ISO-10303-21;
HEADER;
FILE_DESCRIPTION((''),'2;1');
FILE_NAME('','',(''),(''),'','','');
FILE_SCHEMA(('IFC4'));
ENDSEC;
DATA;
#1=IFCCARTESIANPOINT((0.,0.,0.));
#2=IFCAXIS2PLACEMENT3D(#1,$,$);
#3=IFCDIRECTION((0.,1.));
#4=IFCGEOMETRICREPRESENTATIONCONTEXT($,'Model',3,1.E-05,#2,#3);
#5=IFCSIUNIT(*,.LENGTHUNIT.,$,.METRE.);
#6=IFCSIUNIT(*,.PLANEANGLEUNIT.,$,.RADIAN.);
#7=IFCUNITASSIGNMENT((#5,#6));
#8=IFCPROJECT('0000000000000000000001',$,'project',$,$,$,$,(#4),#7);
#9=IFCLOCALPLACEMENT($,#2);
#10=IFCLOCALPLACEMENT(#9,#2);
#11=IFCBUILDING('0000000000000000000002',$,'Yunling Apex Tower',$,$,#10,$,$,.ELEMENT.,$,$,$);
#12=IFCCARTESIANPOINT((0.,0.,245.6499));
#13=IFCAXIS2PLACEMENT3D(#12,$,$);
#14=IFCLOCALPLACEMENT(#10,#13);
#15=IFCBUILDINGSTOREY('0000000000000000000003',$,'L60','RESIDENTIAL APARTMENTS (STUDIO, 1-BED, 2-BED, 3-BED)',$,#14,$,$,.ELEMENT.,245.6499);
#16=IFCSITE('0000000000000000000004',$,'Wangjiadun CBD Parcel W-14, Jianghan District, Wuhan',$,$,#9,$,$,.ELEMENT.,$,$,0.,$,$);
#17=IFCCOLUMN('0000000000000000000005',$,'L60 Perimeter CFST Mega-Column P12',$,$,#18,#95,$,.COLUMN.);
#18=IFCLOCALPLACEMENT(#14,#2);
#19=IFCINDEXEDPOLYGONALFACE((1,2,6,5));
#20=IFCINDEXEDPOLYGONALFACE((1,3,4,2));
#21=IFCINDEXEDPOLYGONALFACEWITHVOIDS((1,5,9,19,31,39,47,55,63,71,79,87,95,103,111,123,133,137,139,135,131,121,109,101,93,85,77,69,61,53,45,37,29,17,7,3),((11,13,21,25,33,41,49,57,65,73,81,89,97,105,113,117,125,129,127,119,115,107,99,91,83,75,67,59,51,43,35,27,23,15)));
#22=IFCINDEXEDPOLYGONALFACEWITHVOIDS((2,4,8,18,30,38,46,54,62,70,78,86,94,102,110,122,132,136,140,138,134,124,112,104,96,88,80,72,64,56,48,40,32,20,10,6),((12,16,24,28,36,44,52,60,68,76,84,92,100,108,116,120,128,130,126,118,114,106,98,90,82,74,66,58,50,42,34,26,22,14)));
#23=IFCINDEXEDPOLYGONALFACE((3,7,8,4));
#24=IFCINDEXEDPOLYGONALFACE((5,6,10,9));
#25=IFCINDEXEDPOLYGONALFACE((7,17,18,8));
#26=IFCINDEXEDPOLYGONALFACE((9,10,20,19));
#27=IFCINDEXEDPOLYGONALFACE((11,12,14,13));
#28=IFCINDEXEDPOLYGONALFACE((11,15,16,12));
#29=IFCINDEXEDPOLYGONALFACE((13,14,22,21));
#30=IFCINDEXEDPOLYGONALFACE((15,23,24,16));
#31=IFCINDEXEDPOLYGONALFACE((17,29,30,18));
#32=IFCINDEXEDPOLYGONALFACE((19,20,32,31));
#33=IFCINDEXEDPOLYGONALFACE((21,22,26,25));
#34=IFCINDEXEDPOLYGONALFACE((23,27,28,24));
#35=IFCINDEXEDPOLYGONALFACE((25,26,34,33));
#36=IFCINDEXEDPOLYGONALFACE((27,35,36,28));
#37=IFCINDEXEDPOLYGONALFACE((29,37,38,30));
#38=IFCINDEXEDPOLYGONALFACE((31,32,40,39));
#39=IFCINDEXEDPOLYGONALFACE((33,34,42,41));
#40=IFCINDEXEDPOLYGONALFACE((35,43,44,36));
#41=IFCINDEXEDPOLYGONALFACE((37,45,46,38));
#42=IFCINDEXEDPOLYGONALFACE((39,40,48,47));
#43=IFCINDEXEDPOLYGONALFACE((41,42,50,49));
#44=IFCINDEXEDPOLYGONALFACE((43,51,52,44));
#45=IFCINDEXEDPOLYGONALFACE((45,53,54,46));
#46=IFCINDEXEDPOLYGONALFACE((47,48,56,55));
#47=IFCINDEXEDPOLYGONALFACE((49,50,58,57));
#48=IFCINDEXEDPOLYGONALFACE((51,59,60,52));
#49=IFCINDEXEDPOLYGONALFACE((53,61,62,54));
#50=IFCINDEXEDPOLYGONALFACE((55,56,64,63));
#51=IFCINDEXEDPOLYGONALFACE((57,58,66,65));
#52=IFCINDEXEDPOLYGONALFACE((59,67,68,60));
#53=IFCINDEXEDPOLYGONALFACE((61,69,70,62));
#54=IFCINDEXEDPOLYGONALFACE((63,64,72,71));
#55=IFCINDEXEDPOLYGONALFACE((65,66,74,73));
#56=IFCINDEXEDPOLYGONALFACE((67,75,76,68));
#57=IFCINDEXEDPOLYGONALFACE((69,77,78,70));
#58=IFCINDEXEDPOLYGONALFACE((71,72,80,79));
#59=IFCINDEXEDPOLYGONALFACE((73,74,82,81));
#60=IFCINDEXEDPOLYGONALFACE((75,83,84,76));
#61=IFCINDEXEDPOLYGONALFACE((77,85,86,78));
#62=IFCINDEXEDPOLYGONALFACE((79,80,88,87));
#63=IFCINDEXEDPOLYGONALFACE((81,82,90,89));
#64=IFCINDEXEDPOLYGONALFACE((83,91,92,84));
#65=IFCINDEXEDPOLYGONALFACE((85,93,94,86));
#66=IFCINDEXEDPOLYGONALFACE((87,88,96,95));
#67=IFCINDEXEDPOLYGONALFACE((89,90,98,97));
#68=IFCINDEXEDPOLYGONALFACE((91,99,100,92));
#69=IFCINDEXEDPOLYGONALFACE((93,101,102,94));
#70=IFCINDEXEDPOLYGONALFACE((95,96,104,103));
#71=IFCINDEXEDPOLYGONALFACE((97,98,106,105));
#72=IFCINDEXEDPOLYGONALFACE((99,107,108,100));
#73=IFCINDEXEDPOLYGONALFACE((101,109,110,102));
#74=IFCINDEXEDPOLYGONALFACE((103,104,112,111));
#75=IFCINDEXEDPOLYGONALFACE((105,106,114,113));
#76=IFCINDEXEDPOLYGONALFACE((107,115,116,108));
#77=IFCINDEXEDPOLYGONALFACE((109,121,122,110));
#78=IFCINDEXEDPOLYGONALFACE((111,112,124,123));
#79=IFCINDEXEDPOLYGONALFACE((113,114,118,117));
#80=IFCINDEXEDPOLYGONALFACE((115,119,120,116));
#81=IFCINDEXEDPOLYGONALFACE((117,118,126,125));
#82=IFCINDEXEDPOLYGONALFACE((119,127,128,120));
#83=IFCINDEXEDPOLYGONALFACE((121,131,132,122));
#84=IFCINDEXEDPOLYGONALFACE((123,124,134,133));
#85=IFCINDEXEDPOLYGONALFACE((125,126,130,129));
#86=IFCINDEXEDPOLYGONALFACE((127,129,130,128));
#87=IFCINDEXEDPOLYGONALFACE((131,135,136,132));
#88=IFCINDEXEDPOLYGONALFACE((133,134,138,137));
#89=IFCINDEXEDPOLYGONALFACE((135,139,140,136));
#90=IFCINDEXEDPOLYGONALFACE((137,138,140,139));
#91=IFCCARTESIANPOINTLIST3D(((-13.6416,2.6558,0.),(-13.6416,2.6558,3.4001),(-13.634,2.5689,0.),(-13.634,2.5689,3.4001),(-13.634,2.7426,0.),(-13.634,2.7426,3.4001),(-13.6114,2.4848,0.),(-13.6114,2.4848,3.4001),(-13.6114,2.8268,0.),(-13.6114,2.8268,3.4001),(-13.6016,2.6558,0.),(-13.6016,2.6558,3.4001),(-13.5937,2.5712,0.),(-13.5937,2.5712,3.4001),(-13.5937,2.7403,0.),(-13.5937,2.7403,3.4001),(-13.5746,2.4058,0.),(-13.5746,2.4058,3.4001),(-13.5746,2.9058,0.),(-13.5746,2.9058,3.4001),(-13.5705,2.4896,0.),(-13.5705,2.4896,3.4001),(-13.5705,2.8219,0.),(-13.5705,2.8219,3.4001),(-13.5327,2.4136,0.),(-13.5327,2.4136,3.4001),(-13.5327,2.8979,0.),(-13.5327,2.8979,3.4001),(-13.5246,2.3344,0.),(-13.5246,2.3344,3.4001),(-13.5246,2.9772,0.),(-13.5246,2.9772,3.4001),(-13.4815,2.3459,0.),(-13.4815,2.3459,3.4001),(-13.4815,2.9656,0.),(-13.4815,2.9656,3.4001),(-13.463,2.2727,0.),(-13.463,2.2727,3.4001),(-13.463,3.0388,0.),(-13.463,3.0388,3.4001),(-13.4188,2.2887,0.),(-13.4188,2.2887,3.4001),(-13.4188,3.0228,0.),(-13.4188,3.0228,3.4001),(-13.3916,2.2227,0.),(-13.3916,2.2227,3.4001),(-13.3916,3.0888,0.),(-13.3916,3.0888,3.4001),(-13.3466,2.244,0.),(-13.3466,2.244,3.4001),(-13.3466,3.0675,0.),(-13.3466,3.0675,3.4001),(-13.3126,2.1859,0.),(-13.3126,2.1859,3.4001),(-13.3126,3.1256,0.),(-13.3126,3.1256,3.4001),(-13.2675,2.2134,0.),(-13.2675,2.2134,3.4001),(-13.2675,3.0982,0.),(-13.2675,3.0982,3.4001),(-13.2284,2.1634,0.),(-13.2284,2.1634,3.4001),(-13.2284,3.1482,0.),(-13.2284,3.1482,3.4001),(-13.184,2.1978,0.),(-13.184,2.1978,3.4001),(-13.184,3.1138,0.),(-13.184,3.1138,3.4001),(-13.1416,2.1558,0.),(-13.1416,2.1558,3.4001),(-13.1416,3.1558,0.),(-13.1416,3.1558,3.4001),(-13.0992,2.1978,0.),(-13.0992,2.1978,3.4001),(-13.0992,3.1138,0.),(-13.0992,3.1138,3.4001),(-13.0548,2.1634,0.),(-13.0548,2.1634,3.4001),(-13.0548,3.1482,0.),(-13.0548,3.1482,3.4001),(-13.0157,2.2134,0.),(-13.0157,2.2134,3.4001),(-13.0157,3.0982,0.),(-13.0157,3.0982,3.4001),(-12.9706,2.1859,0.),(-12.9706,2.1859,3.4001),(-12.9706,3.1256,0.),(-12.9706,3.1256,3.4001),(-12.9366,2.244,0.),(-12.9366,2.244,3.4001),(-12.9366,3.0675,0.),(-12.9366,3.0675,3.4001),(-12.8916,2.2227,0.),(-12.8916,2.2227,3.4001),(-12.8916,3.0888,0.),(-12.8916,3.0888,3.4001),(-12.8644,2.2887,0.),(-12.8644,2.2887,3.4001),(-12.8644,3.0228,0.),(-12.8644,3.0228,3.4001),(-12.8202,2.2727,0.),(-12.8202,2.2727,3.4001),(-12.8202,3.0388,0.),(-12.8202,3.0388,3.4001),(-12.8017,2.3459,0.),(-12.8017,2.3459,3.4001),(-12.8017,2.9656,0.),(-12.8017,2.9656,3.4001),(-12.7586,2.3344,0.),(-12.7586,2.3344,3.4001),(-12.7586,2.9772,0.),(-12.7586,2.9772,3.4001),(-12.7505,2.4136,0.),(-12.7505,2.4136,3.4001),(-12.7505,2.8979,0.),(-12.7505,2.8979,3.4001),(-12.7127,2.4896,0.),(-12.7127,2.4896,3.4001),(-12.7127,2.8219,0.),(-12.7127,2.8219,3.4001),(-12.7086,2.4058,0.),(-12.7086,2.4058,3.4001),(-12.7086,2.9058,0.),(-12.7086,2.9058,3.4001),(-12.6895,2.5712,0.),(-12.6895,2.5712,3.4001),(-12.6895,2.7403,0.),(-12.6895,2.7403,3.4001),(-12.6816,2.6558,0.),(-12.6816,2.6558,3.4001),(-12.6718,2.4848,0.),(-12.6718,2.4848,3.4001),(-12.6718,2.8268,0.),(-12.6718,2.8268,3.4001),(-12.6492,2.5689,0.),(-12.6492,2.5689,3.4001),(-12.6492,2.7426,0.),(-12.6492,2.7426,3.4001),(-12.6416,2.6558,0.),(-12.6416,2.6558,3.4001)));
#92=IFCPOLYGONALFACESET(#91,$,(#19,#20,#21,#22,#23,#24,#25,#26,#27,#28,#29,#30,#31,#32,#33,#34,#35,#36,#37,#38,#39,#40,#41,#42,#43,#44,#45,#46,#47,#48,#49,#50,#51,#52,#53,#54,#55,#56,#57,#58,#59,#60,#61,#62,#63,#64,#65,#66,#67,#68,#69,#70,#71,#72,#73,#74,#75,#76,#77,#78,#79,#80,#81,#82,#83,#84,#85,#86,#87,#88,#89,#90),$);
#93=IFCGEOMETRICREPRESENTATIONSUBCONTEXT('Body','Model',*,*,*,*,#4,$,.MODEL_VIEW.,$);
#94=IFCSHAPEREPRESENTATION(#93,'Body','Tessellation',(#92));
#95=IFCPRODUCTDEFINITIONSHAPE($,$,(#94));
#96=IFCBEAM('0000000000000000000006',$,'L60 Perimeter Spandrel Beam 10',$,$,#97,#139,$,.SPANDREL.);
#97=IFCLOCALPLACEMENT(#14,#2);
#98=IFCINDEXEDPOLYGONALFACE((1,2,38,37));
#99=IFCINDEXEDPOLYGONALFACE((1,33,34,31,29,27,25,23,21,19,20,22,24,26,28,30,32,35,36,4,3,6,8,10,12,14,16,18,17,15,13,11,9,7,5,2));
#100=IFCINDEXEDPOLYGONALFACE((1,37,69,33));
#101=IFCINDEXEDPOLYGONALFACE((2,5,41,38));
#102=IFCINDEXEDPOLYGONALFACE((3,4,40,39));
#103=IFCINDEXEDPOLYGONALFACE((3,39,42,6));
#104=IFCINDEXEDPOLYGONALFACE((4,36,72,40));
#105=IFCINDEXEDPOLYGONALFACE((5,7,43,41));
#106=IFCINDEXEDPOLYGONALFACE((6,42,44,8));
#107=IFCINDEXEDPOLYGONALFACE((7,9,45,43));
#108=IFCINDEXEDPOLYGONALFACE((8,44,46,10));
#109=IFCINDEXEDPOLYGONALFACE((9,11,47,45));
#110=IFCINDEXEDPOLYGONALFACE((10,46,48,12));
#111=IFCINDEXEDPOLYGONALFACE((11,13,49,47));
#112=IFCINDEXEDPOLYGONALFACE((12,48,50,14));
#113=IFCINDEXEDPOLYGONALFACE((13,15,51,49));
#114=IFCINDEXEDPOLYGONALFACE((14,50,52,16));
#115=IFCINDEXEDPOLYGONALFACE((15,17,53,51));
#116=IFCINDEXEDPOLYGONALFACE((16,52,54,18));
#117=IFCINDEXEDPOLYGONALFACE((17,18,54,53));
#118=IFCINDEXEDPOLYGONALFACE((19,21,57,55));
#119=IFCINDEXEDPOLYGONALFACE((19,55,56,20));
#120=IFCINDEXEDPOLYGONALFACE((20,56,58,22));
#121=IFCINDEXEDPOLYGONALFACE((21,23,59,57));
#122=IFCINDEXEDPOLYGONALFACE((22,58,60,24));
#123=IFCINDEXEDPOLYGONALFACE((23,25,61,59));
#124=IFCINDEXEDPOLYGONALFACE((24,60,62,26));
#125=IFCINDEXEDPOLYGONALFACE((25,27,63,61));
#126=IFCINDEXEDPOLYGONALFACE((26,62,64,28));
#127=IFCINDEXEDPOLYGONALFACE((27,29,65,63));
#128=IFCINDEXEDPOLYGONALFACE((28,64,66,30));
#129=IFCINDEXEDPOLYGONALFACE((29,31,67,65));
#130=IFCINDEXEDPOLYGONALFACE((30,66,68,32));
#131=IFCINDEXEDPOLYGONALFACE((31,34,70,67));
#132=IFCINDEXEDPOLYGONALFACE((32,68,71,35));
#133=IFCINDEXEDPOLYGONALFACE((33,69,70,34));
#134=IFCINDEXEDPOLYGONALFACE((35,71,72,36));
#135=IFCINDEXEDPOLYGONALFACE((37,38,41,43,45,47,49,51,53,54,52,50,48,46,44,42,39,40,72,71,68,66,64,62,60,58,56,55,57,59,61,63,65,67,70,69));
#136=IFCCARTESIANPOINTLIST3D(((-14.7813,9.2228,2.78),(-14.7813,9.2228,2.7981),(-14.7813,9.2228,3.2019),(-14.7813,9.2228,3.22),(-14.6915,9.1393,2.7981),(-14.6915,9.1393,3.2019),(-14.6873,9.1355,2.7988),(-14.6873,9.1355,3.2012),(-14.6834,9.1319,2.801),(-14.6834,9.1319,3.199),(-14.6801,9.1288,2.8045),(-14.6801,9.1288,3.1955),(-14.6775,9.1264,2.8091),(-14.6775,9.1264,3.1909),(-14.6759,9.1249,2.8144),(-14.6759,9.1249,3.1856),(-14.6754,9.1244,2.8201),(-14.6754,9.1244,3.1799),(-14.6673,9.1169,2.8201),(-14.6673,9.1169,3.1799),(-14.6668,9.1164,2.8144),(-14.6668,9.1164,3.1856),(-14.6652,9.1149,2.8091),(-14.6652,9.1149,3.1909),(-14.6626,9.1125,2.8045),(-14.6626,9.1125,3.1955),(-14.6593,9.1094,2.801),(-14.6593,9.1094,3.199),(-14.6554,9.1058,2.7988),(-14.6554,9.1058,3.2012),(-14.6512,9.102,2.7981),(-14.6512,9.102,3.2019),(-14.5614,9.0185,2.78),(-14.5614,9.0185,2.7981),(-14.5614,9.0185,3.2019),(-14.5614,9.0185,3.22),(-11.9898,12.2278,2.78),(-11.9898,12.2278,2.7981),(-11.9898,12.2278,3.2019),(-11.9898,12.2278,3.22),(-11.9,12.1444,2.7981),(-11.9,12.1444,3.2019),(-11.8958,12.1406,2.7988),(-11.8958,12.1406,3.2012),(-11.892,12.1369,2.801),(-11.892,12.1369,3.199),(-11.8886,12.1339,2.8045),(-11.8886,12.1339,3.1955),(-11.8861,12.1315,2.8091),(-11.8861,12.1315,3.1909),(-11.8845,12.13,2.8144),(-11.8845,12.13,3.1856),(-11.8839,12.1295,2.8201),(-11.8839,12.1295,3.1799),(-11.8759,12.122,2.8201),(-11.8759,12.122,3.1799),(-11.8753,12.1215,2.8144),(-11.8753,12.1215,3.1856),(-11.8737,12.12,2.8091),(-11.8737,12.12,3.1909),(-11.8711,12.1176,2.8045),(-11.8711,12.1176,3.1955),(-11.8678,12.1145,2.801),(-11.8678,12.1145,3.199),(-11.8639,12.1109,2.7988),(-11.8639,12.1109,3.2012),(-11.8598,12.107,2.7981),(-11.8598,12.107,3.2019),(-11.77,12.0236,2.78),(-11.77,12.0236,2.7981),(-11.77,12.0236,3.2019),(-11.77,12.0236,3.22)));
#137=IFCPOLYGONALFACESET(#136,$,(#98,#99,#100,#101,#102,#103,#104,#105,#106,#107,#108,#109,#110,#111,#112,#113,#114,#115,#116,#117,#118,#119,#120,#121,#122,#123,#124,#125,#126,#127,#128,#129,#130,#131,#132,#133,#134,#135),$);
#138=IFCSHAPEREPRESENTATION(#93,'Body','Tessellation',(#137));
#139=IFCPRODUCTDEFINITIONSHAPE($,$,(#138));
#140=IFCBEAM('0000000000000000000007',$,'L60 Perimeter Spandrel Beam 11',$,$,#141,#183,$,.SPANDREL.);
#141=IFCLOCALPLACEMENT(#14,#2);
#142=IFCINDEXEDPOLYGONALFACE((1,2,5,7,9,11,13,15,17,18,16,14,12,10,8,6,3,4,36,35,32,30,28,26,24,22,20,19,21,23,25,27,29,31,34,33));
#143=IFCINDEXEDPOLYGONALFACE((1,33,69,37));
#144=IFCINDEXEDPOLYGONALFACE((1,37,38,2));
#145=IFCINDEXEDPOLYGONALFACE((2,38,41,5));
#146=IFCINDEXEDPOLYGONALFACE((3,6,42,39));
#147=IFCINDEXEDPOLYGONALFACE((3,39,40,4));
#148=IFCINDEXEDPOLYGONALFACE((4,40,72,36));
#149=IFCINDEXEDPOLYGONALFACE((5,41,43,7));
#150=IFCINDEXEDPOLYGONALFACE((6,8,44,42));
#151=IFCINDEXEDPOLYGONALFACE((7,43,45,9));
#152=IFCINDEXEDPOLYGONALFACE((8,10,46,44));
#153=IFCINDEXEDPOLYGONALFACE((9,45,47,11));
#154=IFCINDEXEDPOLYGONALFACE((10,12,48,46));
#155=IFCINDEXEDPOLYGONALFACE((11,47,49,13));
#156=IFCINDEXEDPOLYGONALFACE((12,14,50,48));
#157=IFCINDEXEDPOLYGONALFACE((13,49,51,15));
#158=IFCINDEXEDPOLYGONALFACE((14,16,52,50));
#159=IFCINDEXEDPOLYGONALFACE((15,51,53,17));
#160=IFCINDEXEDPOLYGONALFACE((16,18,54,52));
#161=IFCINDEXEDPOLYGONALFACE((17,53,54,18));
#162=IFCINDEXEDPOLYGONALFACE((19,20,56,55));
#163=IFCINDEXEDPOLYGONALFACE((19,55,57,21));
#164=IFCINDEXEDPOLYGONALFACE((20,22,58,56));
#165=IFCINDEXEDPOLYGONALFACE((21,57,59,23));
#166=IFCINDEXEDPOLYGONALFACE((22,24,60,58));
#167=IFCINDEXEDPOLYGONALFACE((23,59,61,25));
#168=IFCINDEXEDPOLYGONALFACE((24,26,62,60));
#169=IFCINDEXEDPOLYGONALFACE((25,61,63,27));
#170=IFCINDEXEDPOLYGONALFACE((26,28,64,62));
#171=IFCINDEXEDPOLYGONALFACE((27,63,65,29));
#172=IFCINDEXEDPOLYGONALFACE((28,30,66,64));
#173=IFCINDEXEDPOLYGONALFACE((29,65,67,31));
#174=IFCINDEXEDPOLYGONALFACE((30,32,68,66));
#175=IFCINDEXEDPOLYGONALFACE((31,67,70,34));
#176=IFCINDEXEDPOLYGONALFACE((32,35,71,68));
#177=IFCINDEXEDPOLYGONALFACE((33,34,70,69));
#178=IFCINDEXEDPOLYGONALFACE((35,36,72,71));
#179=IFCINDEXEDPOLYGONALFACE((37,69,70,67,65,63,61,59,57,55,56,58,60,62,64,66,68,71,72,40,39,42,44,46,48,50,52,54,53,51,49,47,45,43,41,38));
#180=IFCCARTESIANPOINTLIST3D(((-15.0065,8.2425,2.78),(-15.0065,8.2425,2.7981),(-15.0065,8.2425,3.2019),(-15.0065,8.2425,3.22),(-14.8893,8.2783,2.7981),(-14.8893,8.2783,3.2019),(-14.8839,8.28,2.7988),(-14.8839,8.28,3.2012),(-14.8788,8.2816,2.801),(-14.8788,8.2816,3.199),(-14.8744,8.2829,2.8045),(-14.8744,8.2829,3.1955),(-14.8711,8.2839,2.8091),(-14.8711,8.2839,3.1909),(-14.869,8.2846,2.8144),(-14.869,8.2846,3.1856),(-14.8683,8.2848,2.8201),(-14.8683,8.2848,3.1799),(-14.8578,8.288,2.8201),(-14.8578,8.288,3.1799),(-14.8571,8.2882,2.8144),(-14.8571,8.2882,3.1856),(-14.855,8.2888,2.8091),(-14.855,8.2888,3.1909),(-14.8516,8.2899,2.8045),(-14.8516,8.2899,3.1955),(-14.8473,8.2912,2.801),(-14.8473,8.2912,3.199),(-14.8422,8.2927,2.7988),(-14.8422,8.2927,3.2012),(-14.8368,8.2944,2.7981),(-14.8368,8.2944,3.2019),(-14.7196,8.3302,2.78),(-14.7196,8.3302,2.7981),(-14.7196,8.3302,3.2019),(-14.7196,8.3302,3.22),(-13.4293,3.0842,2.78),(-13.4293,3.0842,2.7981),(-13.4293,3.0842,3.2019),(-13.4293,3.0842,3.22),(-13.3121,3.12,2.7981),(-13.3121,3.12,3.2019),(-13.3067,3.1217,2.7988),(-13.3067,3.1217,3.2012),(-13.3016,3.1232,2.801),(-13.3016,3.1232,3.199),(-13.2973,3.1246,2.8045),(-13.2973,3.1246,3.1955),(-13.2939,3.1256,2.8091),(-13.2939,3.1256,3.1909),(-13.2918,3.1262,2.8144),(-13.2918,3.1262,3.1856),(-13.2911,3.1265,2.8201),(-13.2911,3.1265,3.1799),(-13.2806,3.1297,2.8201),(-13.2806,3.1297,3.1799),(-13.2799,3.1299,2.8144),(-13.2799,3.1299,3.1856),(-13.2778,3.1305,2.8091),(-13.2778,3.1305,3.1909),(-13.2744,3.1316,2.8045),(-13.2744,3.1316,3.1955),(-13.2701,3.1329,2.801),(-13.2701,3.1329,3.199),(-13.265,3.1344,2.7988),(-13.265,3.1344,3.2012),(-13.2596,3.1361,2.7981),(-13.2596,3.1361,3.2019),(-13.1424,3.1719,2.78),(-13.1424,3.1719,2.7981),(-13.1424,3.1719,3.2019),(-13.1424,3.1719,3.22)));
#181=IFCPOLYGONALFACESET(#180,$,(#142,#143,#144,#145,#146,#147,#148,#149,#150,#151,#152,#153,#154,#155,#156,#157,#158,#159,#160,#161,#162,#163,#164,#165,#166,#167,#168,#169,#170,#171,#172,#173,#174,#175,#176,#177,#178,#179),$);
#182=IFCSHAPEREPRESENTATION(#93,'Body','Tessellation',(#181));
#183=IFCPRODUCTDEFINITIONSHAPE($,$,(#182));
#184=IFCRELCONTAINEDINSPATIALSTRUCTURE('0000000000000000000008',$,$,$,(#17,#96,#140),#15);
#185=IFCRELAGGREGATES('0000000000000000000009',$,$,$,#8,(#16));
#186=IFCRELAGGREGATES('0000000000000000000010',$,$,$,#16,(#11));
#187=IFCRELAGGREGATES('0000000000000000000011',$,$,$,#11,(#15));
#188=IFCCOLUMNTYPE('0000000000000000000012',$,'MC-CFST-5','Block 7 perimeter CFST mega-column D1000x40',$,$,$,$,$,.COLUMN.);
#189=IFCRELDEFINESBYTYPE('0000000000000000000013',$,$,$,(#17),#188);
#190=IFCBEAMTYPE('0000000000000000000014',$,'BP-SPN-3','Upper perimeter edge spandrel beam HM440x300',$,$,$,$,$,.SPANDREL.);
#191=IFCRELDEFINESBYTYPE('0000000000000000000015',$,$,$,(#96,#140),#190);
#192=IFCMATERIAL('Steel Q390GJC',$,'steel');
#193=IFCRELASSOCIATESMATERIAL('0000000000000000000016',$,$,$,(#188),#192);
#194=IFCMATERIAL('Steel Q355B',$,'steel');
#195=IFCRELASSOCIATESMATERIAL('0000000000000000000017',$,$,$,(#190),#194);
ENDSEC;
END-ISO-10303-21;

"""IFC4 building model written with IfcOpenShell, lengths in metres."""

from ifc_helpers import new_model, si_unit, direction, frame, origin, origin_2d, place, context, subcontext, project, spatial, hollow_circle, i_section, extrude, source, transform, mapped, material, material_profile, profile_set, type_object, element, save


model = new_model("IFC4")

# Units and contexts
model_context = context("Model", 3, precision=1e-05, world=origin(), true_north=direction((0.0, 1.0)))
body_context = subcontext(model_context, "Body", "Model", "MODEL_VIEW")
ifc_project = project(units=[si_unit("LENGTHUNIT", "METRE"), si_unit("PLANEANGLEUNIT", "RADIAN")], contexts=[model_context])

# Site, building, storey
site_placement = place(None, origin())
site = spatial("IfcSite", under=ifc_project, at=site_placement, Name="Wangjiadun CBD Parcel W-14, Jianghan District, Wuhan", CompositionType="ELEMENT", RefElevation=0.0)
building_placement = place(site_placement, origin())
building = spatial("IfcBuilding", under=site, at=building_placement, Name="Yunling Apex Tower", CompositionType="ELEMENT")
storey_placement = place(building_placement, frame((0.0, 0.0, 245.6499)))
storey = spatial("IfcBuildingStorey", under=building, at=storey_placement, Name="L60", Description="RESIDENTIAL APARTMENTS (STUDIO, 1-BED, 2-BED, 3-BED)", CompositionType="ELEMENT", Elevation=245.6499)

# Column
ifc_material_1 = material(Name="Steel Q390GJC", Category="steel")
ifc_material_profile_1 = material_profile(ifc_material_1, hollow_circle(Radius=0.5, WallThickness=0.04, at=origin_2d()))
ifc_profile_set_1 = profile_set([ifc_material_profile_1], Name="Steel Q390GJC")
column_type = type_object("IfcColumnType", Name="MC-CFST-5", Description="Block 7 perimeter CFST mega-column D1000x40", PredefinedType="COLUMN", material=ifc_profile_set_1)
shared_shape_1 = source(origin(), body_context, "Body", "SweptSolid", [
    extrude(hollow_circle(Radius=0.5, WallThickness=0.04, at=origin_2d()), origin(), (0.0, 0.0, 1.0), 3.4001),
])
for number, where, z_axis, x_axis, name in (
    (1, (-13.1416, 2.6558, 0.0), (0.0, 0.0, 1.0), (1.0, 0.0, 0.0), "L60 Perimeter CFST Mega-Column P12"),
):
    element("IfcColumn", number, at=place(storey_placement, frame(where, z_axis=z_axis, x_axis=x_axis)), inside=storey, type_object=column_type, Name=name, PredefinedType="COLUMN", context=body_context, shape_type="MappedRepresentation", body=[
        mapped(shared_shape_1, transform((0.0, 0.0, 0.0), scale=1.0)),
    ])

# Beams
ifc_material_2 = material(Name="Steel Q355B", Category="steel")
ifc_material_profile_2 = material_profile(ifc_material_2, i_section(OverallWidth=0.3, OverallDepth=0.4399, WebThickness=0.011, FlangeThickness=0.0181, FilletRadius=0.022, at=origin_2d()))
ifc_profile_set_2 = profile_set([ifc_material_profile_2], Name="Steel Q355B")
beam_type_1 = type_object("IfcBeamType", Name="BP-SPN-3", Description="Upper perimeter edge spandrel beam HM440x300", PredefinedType="SPANDREL", material=ifc_profile_set_2)
shared_shape_2 = source(origin(), body_context, "Body", "SweptSolid", [
    extrude(i_section(OverallWidth=0.3, OverallDepth=0.4399, WebThickness=0.011, FlangeThickness=0.0181, FilletRadius=0.022, at=origin_2d()), origin(), (0.0, 0.0, 1.0), 4.1016),
])
beam_1_placement = place(storey_placement, frame((-11.8799, 12.1257, 3.0), z_axis=(-0.680586, -0.732668, 0.0), x_axis=(0.732668, -0.680586, 0.0)))
element("IfcBeam", 2, at=beam_1_placement, inside=storey, type_object=beam_type_1, Name="L60 Perimeter Spandrel Beam 10", PredefinedType="SPANDREL", context=body_context, shape_type="MappedRepresentation", body=[
    mapped(shared_shape_2, transform((0.0, 0.0, 0.0), scale=1.0)),
])
shared_shape_3 = source(origin(), body_context, "Body", "SweptSolid", [
    extrude(i_section(OverallWidth=0.3, OverallDepth=0.4399, WebThickness=0.011, FlangeThickness=0.0181, FilletRadius=0.022, at=origin_2d()), origin(), (0.0, 0.0, 1.0), 5.394),
])
for number, where, z_axis, x_axis, name in (
    (3, (-14.863, 8.2864, 3.0), (0.292393, -0.956298, 0.0), (0.956298, 0.292393, 0.0), "L60 Perimeter Spandrel Beam 11"),
):
    element("IfcBeam", number, at=place(storey_placement, frame(where, z_axis=z_axis, x_axis=x_axis)), inside=storey, type_object=beam_type_1, Name=name, PredefinedType="SPANDREL", context=body_context, shape_type="MappedRepresentation", body=[
        mapped(shared_shape_3, transform((0.0, 0.0, 0.0), scale=1.0)),
    ])

save(model, "model.ifc")
